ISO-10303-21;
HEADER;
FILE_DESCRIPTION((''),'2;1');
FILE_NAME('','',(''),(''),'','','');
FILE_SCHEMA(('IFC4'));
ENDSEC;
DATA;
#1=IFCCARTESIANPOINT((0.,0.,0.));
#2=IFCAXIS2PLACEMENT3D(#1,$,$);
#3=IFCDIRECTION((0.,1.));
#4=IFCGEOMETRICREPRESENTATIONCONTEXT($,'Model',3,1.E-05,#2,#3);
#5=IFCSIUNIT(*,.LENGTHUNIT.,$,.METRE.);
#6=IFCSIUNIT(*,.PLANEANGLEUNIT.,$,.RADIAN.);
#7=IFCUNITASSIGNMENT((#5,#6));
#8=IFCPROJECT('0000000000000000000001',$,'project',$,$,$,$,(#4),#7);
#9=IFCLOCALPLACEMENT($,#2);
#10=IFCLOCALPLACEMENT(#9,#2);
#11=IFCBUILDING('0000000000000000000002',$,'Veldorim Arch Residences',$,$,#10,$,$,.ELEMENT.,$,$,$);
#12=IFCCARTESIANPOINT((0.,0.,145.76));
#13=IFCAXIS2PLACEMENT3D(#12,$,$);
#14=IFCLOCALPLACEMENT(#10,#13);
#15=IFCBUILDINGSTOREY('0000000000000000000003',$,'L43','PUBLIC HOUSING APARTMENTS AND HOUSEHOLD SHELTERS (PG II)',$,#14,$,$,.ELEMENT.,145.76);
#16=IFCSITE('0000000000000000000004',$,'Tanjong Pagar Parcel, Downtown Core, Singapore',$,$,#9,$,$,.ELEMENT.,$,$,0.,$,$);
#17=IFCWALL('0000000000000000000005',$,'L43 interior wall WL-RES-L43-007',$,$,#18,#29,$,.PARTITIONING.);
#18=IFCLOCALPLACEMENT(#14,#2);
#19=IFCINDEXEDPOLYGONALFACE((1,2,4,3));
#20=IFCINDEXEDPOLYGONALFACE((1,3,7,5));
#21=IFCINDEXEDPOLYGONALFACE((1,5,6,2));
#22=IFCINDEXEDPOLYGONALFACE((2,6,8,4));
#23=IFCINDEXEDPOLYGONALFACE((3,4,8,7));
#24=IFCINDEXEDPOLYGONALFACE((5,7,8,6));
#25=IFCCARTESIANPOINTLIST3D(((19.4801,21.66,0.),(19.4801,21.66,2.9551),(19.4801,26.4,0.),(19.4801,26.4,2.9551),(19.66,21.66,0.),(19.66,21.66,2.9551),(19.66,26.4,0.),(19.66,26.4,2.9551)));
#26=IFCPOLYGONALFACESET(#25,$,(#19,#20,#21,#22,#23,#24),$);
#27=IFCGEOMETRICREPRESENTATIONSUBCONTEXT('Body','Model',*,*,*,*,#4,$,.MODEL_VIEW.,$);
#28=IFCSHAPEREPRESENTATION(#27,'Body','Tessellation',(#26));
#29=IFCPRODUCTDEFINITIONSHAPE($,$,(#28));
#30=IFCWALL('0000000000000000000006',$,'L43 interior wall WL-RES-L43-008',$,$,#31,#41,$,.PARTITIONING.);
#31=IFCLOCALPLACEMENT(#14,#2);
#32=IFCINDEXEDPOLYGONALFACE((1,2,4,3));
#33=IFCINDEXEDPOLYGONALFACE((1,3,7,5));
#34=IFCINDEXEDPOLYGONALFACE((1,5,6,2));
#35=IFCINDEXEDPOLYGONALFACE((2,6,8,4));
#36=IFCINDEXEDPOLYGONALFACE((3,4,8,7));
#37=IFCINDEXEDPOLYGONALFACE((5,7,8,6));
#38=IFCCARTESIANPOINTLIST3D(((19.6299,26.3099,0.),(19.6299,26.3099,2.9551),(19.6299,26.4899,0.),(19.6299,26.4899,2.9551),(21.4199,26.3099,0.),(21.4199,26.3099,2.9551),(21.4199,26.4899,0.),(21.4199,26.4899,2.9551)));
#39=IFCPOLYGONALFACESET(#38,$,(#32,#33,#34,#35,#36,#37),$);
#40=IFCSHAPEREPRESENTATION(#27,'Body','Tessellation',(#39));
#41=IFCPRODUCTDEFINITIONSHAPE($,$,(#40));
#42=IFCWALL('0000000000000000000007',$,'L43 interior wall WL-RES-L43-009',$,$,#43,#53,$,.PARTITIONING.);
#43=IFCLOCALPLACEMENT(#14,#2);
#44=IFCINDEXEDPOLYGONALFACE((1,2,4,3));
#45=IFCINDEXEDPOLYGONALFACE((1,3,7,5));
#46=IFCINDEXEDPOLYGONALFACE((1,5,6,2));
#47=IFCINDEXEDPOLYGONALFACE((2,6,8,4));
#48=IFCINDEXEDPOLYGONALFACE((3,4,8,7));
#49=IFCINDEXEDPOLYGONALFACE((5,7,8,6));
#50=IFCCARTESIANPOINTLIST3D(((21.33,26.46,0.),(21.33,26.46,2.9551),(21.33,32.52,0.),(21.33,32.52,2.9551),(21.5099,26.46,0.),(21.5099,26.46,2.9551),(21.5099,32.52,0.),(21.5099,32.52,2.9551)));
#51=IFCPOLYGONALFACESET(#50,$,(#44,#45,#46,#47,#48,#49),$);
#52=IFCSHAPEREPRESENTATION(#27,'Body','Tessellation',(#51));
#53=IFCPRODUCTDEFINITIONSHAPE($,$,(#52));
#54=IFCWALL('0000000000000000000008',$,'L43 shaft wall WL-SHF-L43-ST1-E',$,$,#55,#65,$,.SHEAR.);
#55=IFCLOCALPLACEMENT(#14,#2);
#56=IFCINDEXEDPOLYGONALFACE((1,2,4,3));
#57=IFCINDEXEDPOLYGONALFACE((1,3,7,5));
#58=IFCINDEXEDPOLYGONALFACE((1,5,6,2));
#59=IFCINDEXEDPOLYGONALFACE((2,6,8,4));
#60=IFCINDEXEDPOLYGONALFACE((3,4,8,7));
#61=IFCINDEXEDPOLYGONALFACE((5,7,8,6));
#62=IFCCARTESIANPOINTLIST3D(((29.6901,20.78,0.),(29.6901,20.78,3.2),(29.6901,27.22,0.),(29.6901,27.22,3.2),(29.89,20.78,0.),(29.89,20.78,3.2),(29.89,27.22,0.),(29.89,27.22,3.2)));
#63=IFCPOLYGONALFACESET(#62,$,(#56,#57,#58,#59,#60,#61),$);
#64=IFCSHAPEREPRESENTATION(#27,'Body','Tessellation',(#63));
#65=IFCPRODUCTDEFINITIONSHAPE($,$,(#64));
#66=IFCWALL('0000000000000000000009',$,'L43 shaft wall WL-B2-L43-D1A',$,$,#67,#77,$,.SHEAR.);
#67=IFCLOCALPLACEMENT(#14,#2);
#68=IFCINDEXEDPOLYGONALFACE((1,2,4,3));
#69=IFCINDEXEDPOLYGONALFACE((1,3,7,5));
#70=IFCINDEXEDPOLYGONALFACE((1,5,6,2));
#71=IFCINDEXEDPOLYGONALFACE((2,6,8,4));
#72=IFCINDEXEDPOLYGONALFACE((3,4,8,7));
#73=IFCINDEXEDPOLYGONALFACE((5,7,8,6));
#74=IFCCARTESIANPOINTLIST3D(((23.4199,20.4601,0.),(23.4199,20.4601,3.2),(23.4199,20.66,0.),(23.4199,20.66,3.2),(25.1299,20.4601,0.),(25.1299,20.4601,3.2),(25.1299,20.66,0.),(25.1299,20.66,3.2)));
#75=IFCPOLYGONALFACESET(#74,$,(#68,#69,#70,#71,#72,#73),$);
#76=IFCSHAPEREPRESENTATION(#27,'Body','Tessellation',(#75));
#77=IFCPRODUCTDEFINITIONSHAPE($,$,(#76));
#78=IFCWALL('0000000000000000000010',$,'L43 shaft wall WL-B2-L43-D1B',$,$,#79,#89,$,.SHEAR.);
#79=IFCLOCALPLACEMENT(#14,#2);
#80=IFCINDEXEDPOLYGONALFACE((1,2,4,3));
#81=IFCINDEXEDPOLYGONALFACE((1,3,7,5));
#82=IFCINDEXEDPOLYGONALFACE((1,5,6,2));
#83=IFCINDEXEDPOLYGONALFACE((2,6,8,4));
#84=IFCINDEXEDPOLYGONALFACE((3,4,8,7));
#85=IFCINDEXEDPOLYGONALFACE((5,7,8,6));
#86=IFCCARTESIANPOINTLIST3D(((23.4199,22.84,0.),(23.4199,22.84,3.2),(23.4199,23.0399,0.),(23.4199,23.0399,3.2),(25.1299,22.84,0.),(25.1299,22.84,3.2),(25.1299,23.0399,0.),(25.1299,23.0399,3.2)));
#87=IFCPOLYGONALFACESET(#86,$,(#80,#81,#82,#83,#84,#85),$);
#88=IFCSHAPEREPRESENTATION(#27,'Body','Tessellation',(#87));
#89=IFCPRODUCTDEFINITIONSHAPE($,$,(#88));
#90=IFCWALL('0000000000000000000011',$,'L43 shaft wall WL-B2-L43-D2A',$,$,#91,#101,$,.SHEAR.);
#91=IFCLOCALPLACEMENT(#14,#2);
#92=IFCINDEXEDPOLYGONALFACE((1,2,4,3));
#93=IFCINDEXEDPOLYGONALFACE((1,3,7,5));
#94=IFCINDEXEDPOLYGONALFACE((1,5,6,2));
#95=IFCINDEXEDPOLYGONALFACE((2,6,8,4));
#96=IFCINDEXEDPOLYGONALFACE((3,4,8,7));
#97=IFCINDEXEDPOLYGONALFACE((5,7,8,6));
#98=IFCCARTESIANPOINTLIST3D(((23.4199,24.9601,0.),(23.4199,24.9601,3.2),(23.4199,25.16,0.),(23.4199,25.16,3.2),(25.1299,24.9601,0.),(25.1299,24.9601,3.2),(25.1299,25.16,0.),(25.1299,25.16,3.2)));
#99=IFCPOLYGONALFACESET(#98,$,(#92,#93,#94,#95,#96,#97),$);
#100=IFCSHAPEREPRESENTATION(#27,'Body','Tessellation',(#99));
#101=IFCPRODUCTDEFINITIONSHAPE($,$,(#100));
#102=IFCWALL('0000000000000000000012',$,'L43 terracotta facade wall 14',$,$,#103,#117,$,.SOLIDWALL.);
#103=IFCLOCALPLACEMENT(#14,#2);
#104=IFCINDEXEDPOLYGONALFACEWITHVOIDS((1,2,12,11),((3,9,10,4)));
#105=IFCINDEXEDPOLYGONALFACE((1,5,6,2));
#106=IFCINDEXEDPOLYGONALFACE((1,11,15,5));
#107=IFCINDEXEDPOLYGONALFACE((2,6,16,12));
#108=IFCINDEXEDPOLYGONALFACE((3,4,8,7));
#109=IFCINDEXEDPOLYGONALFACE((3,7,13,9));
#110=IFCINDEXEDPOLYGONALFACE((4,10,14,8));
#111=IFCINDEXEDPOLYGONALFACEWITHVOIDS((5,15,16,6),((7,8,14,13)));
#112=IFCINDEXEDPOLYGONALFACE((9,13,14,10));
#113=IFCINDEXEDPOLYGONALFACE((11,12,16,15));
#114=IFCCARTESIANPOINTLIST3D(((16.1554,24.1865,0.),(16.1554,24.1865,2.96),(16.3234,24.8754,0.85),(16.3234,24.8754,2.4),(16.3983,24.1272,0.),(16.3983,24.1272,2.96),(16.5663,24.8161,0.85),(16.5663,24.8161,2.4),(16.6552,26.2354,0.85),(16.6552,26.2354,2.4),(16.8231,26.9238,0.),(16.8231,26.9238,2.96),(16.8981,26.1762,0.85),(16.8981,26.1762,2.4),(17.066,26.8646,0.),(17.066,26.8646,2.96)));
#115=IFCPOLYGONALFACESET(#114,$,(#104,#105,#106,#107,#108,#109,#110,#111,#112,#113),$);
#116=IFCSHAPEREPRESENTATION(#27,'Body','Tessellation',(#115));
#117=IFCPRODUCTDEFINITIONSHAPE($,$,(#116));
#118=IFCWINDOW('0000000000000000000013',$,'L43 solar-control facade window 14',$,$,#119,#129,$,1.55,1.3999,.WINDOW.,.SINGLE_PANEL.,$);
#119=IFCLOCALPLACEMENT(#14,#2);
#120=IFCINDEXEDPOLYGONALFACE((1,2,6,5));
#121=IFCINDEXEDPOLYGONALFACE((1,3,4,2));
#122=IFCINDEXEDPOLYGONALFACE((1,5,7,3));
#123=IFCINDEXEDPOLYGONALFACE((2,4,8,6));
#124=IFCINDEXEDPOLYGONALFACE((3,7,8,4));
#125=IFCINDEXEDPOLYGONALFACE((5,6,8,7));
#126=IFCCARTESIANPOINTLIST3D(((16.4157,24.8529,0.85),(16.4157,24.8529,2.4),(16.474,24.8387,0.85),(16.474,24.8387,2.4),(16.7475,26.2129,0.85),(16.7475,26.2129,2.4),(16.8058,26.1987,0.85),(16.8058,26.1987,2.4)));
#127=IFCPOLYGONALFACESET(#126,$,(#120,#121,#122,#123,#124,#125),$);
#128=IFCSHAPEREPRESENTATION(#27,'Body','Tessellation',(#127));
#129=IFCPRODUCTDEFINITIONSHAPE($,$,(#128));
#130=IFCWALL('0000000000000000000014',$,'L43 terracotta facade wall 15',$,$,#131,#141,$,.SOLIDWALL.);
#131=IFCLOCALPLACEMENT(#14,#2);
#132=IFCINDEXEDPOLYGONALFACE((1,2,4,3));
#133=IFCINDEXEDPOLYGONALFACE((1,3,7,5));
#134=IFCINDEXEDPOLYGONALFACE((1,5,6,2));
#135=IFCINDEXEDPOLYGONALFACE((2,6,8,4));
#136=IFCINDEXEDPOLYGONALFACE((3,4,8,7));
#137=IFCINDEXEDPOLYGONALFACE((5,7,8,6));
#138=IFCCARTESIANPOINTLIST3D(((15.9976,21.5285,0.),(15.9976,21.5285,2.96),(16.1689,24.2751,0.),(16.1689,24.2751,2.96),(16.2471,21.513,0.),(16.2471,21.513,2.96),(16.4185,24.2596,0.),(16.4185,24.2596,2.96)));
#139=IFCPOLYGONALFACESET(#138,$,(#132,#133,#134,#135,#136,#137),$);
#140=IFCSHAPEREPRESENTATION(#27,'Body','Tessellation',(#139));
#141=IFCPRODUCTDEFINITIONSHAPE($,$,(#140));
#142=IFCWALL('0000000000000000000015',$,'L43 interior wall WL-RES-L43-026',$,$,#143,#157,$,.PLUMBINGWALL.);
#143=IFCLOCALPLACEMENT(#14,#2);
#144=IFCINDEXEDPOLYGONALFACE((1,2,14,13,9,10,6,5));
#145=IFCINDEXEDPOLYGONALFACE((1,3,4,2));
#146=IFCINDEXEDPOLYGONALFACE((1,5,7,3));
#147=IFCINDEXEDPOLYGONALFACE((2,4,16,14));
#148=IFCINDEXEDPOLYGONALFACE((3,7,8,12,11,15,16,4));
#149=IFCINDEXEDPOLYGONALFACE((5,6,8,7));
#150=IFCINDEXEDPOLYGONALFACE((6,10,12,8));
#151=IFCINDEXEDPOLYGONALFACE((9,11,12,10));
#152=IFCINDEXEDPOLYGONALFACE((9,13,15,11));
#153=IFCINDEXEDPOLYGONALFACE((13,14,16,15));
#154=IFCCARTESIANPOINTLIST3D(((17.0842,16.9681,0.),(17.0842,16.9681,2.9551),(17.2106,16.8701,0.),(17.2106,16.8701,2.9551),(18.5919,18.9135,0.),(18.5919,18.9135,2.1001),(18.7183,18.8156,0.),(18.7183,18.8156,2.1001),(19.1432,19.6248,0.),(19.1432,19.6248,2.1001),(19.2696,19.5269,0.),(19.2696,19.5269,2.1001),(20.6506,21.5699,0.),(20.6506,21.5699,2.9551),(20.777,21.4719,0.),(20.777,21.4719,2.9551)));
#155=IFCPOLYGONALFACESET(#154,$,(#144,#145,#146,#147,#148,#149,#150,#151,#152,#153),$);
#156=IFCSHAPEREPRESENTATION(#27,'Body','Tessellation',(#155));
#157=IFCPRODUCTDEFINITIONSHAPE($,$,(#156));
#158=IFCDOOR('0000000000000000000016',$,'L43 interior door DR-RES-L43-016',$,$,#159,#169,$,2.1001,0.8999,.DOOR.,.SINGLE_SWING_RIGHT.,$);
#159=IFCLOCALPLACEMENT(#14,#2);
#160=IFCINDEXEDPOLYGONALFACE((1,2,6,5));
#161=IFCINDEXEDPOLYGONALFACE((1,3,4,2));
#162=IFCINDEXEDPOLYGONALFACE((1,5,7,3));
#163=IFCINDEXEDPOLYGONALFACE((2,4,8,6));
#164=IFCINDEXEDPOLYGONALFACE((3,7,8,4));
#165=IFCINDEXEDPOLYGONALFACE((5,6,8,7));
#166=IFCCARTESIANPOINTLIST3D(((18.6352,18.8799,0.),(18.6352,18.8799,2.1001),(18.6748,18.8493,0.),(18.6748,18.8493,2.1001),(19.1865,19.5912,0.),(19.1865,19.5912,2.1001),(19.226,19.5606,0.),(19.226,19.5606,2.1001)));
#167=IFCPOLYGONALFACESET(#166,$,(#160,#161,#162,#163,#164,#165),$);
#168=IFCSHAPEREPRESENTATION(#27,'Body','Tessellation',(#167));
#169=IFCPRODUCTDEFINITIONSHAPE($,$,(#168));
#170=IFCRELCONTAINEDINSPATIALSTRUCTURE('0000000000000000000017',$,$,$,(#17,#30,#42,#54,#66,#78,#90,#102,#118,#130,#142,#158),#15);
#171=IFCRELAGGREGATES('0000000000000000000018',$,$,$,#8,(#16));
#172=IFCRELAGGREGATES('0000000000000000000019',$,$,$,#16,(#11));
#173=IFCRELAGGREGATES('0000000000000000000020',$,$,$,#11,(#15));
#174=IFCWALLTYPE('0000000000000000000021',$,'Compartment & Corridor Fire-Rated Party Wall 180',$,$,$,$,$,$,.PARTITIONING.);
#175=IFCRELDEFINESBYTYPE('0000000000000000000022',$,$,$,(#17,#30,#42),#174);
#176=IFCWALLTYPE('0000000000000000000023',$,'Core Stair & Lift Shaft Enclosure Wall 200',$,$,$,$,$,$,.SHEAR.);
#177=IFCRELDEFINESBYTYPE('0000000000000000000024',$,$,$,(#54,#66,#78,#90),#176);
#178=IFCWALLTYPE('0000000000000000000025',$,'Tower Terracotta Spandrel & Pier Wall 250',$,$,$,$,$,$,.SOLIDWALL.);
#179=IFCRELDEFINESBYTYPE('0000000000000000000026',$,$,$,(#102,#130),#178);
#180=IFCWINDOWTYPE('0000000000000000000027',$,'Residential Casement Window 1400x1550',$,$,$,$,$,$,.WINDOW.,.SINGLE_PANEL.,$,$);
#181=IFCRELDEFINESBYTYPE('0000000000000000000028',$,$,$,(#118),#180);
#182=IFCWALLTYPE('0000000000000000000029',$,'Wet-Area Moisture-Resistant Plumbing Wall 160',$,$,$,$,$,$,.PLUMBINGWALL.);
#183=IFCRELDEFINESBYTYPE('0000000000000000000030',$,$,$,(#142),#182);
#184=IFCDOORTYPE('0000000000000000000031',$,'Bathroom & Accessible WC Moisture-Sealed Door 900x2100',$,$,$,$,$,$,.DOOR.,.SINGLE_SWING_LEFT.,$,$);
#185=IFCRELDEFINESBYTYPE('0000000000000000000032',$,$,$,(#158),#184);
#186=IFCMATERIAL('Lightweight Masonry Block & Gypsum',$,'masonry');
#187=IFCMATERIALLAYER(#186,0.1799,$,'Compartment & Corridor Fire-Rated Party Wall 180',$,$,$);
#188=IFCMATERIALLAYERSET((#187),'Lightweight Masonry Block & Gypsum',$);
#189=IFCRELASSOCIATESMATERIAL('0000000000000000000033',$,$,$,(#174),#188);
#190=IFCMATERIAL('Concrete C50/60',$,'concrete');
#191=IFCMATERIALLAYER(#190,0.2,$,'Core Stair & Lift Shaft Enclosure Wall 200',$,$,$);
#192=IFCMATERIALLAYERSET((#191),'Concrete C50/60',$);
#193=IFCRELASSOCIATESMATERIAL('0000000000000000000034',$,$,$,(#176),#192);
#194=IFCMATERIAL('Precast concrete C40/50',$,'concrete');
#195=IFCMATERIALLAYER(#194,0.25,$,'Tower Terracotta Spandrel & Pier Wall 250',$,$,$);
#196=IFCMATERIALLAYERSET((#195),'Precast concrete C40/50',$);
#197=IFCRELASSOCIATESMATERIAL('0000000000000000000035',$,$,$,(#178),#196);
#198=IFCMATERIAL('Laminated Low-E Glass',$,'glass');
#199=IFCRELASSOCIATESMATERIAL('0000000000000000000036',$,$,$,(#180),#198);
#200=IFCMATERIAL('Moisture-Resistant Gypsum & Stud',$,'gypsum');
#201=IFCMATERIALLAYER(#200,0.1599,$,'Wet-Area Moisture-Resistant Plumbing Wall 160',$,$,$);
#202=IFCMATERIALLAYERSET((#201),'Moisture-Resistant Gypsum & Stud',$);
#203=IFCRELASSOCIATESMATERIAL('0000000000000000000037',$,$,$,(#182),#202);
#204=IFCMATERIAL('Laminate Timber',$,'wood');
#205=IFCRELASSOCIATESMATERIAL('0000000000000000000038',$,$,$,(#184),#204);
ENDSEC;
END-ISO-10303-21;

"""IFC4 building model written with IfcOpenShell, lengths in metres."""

from ifc_helpers import new_model, si_unit, direction, frame, frame_2d, origin, place, context, subcontext, project, spatial, rectangle, extrude, material, layer, layer_set, type_object, element, fill, save


model = new_model("IFC4")

# Units and contexts
model_context = context("Model", 3, precision=1e-05, world=origin(), true_north=direction((0.0, 1.0)))
body_context = subcontext(model_context, "Body", "Model", "MODEL_VIEW")
ifc_project = project(units=[si_unit("LENGTHUNIT", "METRE"), si_unit("PLANEANGLEUNIT", "RADIAN")], contexts=[model_context])

# Site, building, storey
site_placement = place(None, origin())
site = spatial("IfcSite", under=ifc_project, at=site_placement, Name="Tanjong Pagar Parcel, Downtown Core, Singapore", CompositionType="ELEMENT", RefElevation=0.0)
building_placement = place(site_placement, origin())
building = spatial("IfcBuilding", under=site, at=building_placement, Name="Veldorim Arch Residences", CompositionType="ELEMENT")
storey_placement = place(building_placement, frame((0.0, 0.0, 145.76)))
storey = spatial("IfcBuildingStorey", under=building, at=storey_placement, Name="L43", Description="PUBLIC HOUSING APARTMENTS AND HOUSEHOLD SHELTERS (PG II)", CompositionType="ELEMENT", Elevation=145.76)

# Walls
ifc_material_1 = material(Name="Lightweight Masonry Block & Gypsum", Category="masonry")
ifc_layer_1 = layer(ifc_material_1, 0.1799, Name="Compartment & Corridor Fire-Rated Party Wall 180")
ifc_layer_set_1 = layer_set([ifc_layer_1], Name="Lightweight Masonry Block & Gypsum")
wall_type_1 = type_object("IfcWallType", Name="Compartment & Corridor Fire-Rated Party Wall 180", PredefinedType="PARTITIONING", material=ifc_layer_set_1)
wall_1_placement = place(storey_placement, frame((19.5701, 21.6599, 0.0), z_axis=(0.0, 0.0, 1.0), x_axis=(0.0, 1.0, 0.0)))
element("IfcWall", 1, at=wall_1_placement, inside=storey, type_object=wall_type_1, Name="L43 interior wall WL-RES-L43-007", PredefinedType="PARTITIONING", context=body_context, shape_type="SweptSolid", body=[
    extrude(rectangle(XDim=4.74, YDim=0.1799, at=frame_2d((2.3701, 0.0))), origin(), (0.0, 0.0, 1.0), 2.9551),
])
wall_2_placement = place(storey_placement, frame((19.6299, 26.3999, 0.0), z_axis=(0.0, 0.0, 1.0), x_axis=(1.0, 0.0, 0.0)))
element("IfcWall", 2, at=wall_2_placement, inside=storey, type_object=wall_type_1, Name="L43 interior wall WL-RES-L43-008", PredefinedType="PARTITIONING", context=body_context, shape_type="SweptSolid", body=[
    extrude(rectangle(XDim=1.79, YDim=0.1799, at=frame_2d((0.895, 0.0))), origin(), (0.0, 0.0, 1.0), 2.9551),
])
wall_3_placement = place(storey_placement, frame((21.4199, 26.46, 0.0), z_axis=(0.0, 0.0, 1.0), x_axis=(0.0, 1.0, 0.0)))
element("IfcWall", 3, at=wall_3_placement, inside=storey, type_object=wall_type_1, Name="L43 interior wall WL-RES-L43-009", PredefinedType="PARTITIONING", context=body_context, shape_type="SweptSolid", body=[
    extrude(rectangle(XDim=6.0601, YDim=0.1799, at=frame_2d((3.03, 0.0))), origin(), (0.0, 0.0, 1.0), 2.9551),
])
ifc_material_2 = material(Name="Concrete C50/60", Category="concrete")
ifc_layer_2 = layer(ifc_material_2, 0.2, Name="Core Stair & Lift Shaft Enclosure Wall 200")
ifc_layer_set_2 = layer_set([ifc_layer_2], Name="Concrete C50/60")
wall_type_2 = type_object("IfcWallType", Name="Core Stair & Lift Shaft Enclosure Wall 200", PredefinedType="SHEAR", material=ifc_layer_set_2)
wall_4_placement = place(storey_placement, frame((29.79, 20.78, 0.0), z_axis=(0.0, 0.0, 1.0), x_axis=(0.0, 1.0, 0.0)))
element("IfcWall", 4, at=wall_4_placement, inside=storey, type_object=wall_type_2, Name="L43 shaft wall WL-SHF-L43-ST1-E", PredefinedType="SHEAR", context=body_context, shape_type="SweptSolid", body=[
    extrude(rectangle(XDim=6.4399, YDim=0.2, at=frame_2d((3.22, 0.0))), origin(), (0.0, 0.0, 1.0), 3.2),
])

# Walls
for number, where, z_axis, x_axis, name in (
    (5, (23.4199, 20.5601, 0.0), (0.0, 0.0, 1.0), (1.0, 0.0, 0.0), "L43 shaft wall WL-B2-L43-D1A"),
    (6, (23.4199, 22.9399, 0.0), (0.0, 0.0, 1.0), (1.0, 0.0, 0.0), "L43 shaft wall WL-B2-L43-D1B"),
    (7, (23.4199, 25.0601, 0.0), (0.0, 0.0, 1.0), (1.0, 0.0, 0.0), "L43 shaft wall WL-B2-L43-D2A"),
):
    element("IfcWall", number, at=place(storey_placement, frame(where, z_axis=z_axis, x_axis=x_axis)), inside=storey, type_object=wall_type_2, Name=name, PredefinedType="SHEAR", context=body_context, shape_type="SweptSolid", body=[
        extrude(rectangle(XDim=1.71, YDim=0.2, at=frame_2d((0.855, 0.0))), origin(), (0.0, 0.0, 1.0), 3.2),
    ])

# Wall, opening, window
ifc_material_3 = material(Name="Precast concrete C40/50", Category="concrete")
ifc_layer_3 = layer(ifc_material_3, 0.25, Name="Tower Terracotta Spandrel & Pier Wall 250")
ifc_layer_set_3 = layer_set([ifc_layer_3], Name="Precast concrete C40/50")
wall_type_3 = type_object("IfcWallType", Name="Tower Terracotta Spandrel & Pier Wall 250", PredefinedType="SOLIDWALL", material=ifc_layer_set_3)
wall_5_placement = place(storey_placement, frame((16.2769, 24.157, 0.0), z_axis=(0.0, 0.0, 1.0), x_axis=(0.236986, 0.971513, 0.0)))
wall_5 = element("IfcWall", 8, at=wall_5_placement, inside=storey, type_object=wall_type_3, Name="L43 terracotta facade wall 14", PredefinedType="SOLIDWALL", context=body_context, shape_type="SweptSolid", body=[
    extrude(rectangle(XDim=2.8176, YDim=0.25, at=frame_2d((1.4087, 0.0))), origin(), (0.0, 0.0, 1.0), 2.96),
])
opening_1_placement = place(wall_5_placement, frame((0.709, 0.0, 0.8501)))
opening_1 = element("IfcOpeningElement", 9, at=opening_1_placement, cuts=wall_5, PredefinedType="OPENING", context=body_context, shape_type="SweptSolid", body=[
    extrude(rectangle(XDim=1.3999, YDim=1.55, at=frame_2d((0.7, 0.7749))), frame((0.0, 0.135, 0.0), z_axis=(0.0, -1.0, 0.0), x_axis=(1.0, 0.0, 0.0)), (0.0, 0.0, 1.0), 0.27),
])
ifc_material_4 = material(Name="Laminated Low-E Glass", Category="glass")
window_type = type_object("IfcWindowType", Name="Residential Casement Window 1400x1550", PartitioningType="SINGLE_PANEL", PredefinedType="WINDOW", material=ifc_material_4)
window_placement = place(opening_1_placement, origin())
window = element("IfcWindow", 10, at=window_placement, inside=storey, type_object=window_type, Name="L43 solar-control facade window 14", OverallHeight=1.55, OverallWidth=1.3999, PartitioningType="SINGLE_PANEL", PredefinedType="WINDOW", context=body_context, shape_type="SweptSolid", body=[
    extrude(rectangle(XDim=1.3999, YDim=1.55, at=frame_2d((0.7, 0.7749))), frame((0.0, 0.03, 0.0), z_axis=(0.0, -1.0, 0.0), x_axis=(1.0, 0.0, 0.0)), (0.0, 0.0, 1.0), 0.0601),
])
fill(opening_1, window)

# Wall
wall_6_placement = place(storey_placement, frame((16.1223, 21.5208, 0.0), z_axis=(0.0, 0.0, 1.0), x_axis=(0.062279, 0.998059, 0.0)))
element("IfcWall", 11, at=wall_6_placement, inside=storey, type_object=wall_type_3, Name="L43 terracotta facade wall 15", PredefinedType="SOLIDWALL", context=body_context, shape_type="SweptSolid", body=[
    extrude(rectangle(XDim=2.752, YDim=0.25, at=frame_2d((1.376, 0.0))), origin(), (0.0, 0.0, 1.0), 2.96),
])

# Wall, opening, door
ifc_material_5 = material(Name="Moisture-Resistant Gypsum & Stud", Category="gypsum")
ifc_layer_4 = layer(ifc_material_5, 0.1599, Name="Wet-Area Moisture-Resistant Plumbing Wall 160")
ifc_layer_set_4 = layer_set([ifc_layer_4], Name="Moisture-Resistant Gypsum & Stud")
wall_type_4 = type_object("IfcWallType", Name="Wet-Area Moisture-Resistant Plumbing Wall 160", PredefinedType="PLUMBINGWALL", material=ifc_layer_set_4)
wall_7_placement = place(storey_placement, frame((20.7139, 21.521, 0.0), z_axis=(0.0, 0.0, 1.0), x_axis=(-0.612572, -0.790415, 0.0)))
wall_7 = element("IfcWall", 12, at=wall_7_placement, inside=storey, type_object=wall_type_4, Name="L43 interior wall WL-RES-L43-026", PredefinedType="PLUMBINGWALL", context=body_context, shape_type="SweptSolid", body=[
    extrude(rectangle(XDim=5.822, YDim=0.1599, at=frame_2d((2.9111, 0.0))), origin(), (0.0, 0.0, 1.0), 2.9551),
])
opening_2_placement = place(wall_7_placement, frame((2.4609, 0.0, 0.0)))
opening_2 = element("IfcOpeningElement", 13, at=opening_2_placement, cuts=wall_7, PredefinedType="OPENING", context=body_context, shape_type="SweptSolid", body=[
    extrude(rectangle(XDim=0.8999, YDim=2.1001, at=frame_2d((0.45, 1.05))), frame((0.0, 0.0898, 0.0), z_axis=(0.0, -1.0, 0.0), x_axis=(1.0, 0.0, 0.0)), (0.0, 0.0, 1.0), 0.1799),
])
ifc_material_6 = material(Name="Laminate Timber", Category="wood")
door_type_1 = type_object("IfcDoorType", Name="Bathroom & Accessible WC Moisture-Sealed Door 900x2100", OperationType="SINGLE_SWING_LEFT", PredefinedType="DOOR", material=ifc_material_6)
door_1_placement = place(opening_2_placement, origin())
door_1 = element("IfcDoor", 14, at=door_1_placement, inside=storey, type_object=door_type_1, Name="L43 interior door DR-RES-L43-016", OperationType="SINGLE_SWING_RIGHT", OverallHeight=2.1001, OverallWidth=0.8999, PredefinedType="DOOR", context=body_context, shape_type="SweptSolid", body=[
    extrude(rectangle(XDim=0.8999, YDim=2.1001, at=frame_2d((0.45, 1.05))), frame((0.0, 0.0249, 0.0), z_axis=(0.0, -1.0, 0.0), x_axis=(1.0, 0.0, 0.0)), (0.0, 0.0, 1.0), 0.05),
])
fill(opening_2, door_1)

save(model, "model.ifc")
